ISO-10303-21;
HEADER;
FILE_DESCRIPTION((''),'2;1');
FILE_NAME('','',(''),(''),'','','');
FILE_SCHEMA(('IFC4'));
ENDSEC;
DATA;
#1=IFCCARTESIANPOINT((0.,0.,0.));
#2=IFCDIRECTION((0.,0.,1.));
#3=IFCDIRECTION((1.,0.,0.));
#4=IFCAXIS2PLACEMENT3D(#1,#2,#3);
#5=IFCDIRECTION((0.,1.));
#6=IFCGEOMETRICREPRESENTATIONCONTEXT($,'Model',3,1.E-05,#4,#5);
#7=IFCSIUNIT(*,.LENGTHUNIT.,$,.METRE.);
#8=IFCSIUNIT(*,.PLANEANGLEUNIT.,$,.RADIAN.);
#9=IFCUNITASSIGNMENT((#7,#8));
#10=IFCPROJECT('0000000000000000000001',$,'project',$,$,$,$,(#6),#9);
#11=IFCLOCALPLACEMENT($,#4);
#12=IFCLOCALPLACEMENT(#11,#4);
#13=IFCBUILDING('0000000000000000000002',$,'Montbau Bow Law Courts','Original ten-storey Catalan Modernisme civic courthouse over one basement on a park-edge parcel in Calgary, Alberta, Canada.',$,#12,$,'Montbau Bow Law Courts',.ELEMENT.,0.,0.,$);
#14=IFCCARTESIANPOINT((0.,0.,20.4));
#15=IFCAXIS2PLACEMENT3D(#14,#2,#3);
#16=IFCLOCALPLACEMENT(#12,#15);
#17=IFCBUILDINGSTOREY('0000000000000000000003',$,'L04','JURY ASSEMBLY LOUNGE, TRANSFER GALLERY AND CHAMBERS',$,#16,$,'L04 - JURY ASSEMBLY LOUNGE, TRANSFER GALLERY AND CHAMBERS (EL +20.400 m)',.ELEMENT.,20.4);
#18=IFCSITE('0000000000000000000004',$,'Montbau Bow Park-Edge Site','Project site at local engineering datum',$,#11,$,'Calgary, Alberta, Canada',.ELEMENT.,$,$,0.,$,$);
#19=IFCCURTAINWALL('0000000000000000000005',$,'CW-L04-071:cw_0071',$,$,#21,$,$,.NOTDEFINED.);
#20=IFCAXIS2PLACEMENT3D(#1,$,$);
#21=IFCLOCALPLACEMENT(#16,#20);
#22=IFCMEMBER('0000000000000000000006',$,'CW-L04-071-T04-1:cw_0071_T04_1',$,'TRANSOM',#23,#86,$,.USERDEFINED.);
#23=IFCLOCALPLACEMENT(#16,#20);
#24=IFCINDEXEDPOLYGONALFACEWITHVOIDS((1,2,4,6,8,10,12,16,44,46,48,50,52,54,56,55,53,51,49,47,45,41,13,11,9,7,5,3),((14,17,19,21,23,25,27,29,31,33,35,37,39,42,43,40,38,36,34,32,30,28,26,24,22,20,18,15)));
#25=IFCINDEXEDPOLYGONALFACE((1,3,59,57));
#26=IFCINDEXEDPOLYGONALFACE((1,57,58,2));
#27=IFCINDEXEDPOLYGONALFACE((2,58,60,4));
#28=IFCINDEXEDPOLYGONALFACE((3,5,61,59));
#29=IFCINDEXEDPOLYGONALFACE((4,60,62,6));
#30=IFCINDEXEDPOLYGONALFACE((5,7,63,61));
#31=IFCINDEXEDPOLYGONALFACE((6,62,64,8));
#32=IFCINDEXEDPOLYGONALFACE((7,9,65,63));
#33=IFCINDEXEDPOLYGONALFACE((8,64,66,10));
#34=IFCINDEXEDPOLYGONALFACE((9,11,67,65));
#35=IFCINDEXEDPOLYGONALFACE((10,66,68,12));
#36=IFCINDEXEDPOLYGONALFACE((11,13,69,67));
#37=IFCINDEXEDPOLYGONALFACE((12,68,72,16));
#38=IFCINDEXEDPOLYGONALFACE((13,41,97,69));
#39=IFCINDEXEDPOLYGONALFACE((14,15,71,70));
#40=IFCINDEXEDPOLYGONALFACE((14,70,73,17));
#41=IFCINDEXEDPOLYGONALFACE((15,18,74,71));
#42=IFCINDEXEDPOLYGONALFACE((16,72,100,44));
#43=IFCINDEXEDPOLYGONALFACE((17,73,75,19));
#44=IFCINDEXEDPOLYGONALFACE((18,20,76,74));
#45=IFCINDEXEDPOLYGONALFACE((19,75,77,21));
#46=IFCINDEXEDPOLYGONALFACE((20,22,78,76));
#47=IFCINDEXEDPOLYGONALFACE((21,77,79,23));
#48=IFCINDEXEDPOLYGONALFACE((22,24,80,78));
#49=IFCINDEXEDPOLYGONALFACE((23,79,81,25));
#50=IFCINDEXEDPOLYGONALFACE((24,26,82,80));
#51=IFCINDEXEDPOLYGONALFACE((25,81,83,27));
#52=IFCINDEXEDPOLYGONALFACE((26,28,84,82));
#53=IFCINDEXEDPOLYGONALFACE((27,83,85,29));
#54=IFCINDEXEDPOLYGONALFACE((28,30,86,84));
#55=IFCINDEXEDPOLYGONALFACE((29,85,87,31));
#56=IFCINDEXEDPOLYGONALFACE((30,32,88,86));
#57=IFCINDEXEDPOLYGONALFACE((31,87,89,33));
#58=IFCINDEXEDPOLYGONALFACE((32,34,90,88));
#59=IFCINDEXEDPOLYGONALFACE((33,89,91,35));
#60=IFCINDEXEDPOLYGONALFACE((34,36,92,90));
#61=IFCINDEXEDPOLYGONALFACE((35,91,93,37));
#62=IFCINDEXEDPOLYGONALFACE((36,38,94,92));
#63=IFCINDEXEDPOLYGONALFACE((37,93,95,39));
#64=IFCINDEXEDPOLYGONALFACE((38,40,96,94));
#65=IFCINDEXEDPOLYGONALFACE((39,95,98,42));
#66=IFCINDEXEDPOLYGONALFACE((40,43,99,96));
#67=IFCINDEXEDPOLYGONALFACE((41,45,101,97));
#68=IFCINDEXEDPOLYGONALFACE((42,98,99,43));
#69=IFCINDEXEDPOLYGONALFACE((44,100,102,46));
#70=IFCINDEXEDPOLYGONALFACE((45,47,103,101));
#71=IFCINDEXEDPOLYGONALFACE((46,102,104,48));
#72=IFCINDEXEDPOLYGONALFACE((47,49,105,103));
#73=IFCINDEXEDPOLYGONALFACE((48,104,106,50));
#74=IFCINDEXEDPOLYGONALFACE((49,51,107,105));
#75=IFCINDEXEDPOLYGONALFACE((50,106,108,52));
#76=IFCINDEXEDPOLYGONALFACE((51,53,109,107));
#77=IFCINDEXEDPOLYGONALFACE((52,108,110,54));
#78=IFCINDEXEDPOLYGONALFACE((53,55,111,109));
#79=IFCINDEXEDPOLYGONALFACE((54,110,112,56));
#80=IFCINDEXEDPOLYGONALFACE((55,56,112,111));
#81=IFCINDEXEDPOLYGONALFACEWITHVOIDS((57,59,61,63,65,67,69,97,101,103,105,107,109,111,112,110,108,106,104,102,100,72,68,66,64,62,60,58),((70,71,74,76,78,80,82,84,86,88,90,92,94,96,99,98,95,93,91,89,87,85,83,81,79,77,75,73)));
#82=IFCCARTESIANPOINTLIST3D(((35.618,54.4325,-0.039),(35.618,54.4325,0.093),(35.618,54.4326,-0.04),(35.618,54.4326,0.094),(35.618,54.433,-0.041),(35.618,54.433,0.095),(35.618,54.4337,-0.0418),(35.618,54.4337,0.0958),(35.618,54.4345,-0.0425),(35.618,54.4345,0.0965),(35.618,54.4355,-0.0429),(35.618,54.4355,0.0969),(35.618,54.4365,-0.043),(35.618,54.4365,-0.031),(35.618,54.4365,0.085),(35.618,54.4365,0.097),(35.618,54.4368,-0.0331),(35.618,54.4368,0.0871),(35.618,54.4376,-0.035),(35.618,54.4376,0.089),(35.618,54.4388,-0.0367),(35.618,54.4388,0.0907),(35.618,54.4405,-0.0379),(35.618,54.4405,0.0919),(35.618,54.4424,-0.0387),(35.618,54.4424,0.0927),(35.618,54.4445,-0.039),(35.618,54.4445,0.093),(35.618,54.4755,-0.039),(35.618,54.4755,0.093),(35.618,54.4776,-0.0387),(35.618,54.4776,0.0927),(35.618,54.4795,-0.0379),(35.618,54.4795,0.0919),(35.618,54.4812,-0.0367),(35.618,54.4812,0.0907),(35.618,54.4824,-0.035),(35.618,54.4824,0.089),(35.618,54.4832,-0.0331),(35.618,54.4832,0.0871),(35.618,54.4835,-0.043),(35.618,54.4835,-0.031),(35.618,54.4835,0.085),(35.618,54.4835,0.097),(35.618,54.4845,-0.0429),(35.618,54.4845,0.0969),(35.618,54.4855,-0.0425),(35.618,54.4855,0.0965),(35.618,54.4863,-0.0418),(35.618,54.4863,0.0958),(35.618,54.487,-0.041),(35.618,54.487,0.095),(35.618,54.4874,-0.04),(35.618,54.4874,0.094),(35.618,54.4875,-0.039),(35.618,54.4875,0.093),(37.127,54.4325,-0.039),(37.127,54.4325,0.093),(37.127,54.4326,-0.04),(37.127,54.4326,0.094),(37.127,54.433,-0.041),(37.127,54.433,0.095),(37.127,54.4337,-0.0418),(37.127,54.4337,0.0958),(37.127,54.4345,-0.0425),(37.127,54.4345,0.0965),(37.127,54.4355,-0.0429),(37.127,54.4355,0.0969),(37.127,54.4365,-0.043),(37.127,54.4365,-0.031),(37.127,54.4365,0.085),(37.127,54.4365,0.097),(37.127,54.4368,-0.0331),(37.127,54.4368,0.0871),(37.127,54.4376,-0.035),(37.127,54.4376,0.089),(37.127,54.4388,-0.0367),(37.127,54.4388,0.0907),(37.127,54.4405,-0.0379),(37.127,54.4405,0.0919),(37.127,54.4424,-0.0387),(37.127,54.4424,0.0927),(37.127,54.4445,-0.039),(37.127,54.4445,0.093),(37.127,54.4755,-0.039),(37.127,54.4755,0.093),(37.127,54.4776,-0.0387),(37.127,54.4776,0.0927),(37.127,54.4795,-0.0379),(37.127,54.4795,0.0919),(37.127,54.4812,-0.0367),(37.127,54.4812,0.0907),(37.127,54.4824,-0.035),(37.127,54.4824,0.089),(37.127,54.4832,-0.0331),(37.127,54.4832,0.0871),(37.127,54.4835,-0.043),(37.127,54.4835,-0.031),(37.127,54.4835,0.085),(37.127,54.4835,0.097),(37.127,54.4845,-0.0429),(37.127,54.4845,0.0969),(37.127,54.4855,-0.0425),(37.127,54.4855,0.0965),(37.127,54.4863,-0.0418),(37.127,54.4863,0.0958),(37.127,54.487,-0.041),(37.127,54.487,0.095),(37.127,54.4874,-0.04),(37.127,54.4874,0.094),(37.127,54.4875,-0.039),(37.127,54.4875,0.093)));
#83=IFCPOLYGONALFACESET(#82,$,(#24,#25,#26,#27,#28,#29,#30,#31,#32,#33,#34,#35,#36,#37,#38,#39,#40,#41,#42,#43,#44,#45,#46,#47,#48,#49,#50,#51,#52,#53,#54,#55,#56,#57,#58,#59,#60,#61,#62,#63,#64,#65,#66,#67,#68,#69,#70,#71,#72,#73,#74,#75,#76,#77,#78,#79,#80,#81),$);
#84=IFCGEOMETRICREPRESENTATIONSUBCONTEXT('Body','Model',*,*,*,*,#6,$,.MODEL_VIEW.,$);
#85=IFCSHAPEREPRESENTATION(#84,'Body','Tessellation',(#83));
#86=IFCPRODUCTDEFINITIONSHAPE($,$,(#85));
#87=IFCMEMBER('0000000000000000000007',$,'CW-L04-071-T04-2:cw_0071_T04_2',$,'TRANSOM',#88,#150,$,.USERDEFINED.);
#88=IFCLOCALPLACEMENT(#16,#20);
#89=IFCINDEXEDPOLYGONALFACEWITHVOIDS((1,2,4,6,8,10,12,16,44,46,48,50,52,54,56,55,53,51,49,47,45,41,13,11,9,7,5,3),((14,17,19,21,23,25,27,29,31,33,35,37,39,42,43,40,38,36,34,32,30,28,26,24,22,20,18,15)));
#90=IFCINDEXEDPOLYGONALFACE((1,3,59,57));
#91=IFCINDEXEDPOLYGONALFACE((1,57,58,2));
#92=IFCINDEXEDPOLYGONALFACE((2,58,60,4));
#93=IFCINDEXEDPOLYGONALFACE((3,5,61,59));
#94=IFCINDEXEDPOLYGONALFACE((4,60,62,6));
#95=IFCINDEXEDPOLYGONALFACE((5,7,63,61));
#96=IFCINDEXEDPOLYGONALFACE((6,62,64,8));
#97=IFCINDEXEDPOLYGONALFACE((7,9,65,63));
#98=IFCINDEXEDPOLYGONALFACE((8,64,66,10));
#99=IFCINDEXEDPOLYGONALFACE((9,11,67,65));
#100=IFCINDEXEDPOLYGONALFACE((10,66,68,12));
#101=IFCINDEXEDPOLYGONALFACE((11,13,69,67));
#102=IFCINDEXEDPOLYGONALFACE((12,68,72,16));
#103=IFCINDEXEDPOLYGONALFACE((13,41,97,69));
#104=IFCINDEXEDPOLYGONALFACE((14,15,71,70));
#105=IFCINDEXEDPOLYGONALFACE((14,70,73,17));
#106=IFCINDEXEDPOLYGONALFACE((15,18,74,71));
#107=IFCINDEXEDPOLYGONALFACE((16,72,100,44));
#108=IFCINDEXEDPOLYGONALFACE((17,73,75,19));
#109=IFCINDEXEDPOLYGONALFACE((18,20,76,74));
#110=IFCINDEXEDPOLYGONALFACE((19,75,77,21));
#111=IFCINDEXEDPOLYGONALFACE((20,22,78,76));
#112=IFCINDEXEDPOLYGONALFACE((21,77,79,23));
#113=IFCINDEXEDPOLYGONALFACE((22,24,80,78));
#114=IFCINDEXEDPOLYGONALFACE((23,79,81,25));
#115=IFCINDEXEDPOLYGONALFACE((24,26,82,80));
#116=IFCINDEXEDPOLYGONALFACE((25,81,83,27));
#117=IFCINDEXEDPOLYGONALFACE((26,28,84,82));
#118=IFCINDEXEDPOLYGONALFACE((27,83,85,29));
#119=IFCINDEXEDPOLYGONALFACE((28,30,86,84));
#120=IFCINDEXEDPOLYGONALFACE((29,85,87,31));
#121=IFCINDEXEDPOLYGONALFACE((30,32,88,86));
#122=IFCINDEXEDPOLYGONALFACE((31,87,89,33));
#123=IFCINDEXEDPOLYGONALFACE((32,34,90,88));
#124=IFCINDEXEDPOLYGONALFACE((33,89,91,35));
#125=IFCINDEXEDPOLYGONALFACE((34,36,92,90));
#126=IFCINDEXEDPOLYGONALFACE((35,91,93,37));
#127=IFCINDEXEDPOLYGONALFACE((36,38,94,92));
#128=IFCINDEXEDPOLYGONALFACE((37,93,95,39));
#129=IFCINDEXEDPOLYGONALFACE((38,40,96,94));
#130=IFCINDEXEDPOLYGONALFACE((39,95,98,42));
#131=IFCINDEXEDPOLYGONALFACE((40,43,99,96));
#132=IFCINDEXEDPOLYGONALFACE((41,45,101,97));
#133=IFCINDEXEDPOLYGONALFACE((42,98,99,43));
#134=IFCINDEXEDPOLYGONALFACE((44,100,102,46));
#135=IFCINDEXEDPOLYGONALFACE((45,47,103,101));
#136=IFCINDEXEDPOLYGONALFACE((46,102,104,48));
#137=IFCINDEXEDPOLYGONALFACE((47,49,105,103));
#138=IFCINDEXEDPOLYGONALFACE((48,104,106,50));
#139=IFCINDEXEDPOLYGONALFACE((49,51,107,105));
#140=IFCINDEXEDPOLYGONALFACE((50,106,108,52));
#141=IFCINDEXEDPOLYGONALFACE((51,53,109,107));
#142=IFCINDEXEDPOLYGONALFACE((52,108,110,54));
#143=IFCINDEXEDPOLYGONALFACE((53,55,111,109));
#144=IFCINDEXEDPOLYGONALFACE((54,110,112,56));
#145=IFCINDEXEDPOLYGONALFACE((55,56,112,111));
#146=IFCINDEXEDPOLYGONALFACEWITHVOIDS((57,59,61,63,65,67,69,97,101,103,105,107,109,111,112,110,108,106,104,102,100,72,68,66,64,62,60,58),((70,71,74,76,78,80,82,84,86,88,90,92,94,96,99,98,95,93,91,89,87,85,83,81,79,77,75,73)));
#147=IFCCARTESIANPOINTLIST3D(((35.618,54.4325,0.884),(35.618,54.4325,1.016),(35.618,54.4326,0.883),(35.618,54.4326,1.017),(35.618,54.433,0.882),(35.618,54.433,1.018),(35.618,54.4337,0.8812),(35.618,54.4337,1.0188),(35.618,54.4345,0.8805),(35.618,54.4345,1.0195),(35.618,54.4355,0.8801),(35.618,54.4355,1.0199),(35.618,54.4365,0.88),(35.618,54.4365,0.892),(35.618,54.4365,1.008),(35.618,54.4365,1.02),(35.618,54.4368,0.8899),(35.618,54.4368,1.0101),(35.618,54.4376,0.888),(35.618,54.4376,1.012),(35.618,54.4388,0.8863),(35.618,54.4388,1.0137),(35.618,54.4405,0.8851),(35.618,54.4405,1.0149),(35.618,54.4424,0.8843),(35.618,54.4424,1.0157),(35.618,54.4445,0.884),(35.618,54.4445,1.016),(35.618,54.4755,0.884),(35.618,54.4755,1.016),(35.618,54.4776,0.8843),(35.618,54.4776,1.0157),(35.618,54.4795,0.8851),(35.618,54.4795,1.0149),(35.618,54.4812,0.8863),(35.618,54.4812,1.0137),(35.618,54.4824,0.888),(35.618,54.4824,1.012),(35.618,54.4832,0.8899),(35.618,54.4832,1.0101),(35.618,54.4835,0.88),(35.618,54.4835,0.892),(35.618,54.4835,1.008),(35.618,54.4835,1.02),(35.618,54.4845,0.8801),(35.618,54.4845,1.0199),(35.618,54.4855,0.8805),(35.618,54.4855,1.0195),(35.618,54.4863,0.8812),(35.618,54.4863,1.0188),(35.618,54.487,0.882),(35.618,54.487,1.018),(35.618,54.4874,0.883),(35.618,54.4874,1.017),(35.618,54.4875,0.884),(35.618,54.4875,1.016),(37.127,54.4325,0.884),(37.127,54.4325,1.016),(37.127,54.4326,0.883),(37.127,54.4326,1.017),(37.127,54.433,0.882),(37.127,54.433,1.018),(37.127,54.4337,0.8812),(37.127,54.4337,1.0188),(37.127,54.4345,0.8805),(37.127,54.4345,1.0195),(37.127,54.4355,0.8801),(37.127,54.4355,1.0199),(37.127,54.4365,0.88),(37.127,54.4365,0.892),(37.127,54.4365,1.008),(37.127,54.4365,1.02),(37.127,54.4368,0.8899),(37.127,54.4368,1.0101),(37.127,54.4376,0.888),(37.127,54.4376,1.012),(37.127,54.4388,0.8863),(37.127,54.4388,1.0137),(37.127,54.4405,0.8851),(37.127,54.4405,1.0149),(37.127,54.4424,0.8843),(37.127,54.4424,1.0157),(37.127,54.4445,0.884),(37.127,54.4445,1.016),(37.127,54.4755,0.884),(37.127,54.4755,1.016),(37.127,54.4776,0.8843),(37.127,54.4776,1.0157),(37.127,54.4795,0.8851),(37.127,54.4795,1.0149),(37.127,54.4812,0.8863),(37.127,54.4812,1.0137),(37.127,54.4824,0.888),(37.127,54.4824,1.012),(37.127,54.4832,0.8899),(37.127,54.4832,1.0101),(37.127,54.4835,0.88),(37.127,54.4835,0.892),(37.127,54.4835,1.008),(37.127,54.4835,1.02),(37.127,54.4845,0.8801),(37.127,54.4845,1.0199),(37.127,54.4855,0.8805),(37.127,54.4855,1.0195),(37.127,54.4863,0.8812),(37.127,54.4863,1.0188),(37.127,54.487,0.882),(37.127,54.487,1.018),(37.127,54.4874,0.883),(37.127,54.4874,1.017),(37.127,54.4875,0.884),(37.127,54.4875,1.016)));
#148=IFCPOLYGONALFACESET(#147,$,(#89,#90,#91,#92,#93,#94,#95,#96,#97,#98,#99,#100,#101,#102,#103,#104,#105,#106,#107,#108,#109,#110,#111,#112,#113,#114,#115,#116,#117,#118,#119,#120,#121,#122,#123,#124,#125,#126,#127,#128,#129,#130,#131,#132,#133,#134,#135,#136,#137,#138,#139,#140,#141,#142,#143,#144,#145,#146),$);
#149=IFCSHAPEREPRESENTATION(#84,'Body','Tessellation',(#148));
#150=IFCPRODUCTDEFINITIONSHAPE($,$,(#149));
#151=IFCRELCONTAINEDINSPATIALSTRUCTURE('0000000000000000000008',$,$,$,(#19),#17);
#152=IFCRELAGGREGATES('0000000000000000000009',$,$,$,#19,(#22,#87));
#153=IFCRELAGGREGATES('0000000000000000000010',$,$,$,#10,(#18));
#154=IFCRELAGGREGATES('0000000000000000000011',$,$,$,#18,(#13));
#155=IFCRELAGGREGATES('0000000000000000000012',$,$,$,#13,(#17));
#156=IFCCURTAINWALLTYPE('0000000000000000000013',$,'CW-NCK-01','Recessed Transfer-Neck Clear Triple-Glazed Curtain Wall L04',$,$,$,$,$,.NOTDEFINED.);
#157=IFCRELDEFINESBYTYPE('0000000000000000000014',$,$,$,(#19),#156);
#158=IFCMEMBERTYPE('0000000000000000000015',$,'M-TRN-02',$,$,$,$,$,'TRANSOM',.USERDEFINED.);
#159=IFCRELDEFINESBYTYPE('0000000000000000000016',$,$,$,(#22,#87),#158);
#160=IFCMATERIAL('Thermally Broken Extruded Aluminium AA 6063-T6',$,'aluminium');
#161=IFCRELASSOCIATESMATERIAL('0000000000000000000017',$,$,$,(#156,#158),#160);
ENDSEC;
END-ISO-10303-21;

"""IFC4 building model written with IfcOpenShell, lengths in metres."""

from ifc_helpers import new_model, si_unit, direction, frame, origin_with_axes, origin_2d_with_axis, place, context, subcontext, project, spatial, hollow_rectangle, extrude, material, material_profile, profile_set, type_object, element, aggregate, save


model = new_model("IFC4")

# Units and contexts
model_context = context("Model", 3, precision=1e-05, world=origin_with_axes(), true_north=direction((0.0, 1.0)))
body_context = subcontext(model_context, "Body", "Model", "MODEL_VIEW")
ifc_project = project(units=[si_unit("LENGTHUNIT", "METRE"), si_unit("PLANEANGLEUNIT", "RADIAN")], contexts=[model_context])

# Site, building, storey
site_placement = place(None, origin_with_axes())
site = spatial("IfcSite", under=ifc_project, at=site_placement, Name="Montbau Bow Park-Edge Site", Description="Project site at local engineering datum", LongName="Calgary, Alberta, Canada", CompositionType="ELEMENT", RefElevation=0.0)
building_placement = place(site_placement, origin_with_axes())
building = spatial("IfcBuilding", under=site, at=building_placement, Name="Montbau Bow Law Courts", Description="Original ten-storey Catalan Modernisme civic courthouse over one basement on a park-edge parcel in Calgary, Alberta, Canada.", LongName="Montbau Bow Law Courts", CompositionType="ELEMENT", ElevationOfRefHeight=0.0, ElevationOfTerrain=0.0)
storey_placement = place(building_placement, frame((0.0, 0.0, 20.4), z_axis=(0.0, 0.0, 1.0), x_axis=(1.0, 0.0, 0.0)))
storey = spatial("IfcBuildingStorey", under=building, at=storey_placement, Name="L04", Description="JURY ASSEMBLY LOUNGE, TRANSFER GALLERY AND CHAMBERS", LongName="L04 - JURY ASSEMBLY LOUNGE, TRANSFER GALLERY AND CHAMBERS (EL +20.400 m)", CompositionType="ELEMENT", Elevation=20.4)

# Curtain wall, members
ifc_material_1 = material(Name="Thermally Broken Extruded Aluminium AA 6063-T6", Category="aluminium")
curtain_wall_type = type_object("IfcCurtainWallType", Name="CW-NCK-01", Description="Recessed Transfer-Neck Clear Triple-Glazed Curtain Wall L04", PredefinedType="NOTDEFINED", material=ifc_material_1)
curtain_wall_placement = place(None, frame((30.867, 54.46, 20.4), z_axis=(0.0, 0.0, 1.0), x_axis=(1.0, 0.0, 0.0)))
curtain_wall = element("IfcCurtainWall", 1, at=curtain_wall_placement, inside=storey, type_object=curtain_wall_type, Name="CW-L04-071:cw_0071", PredefinedType="NOTDEFINED")
ifc_material_profile_1 = material_profile(ifc_material_1, hollow_rectangle(XDim=0.055, YDim=0.14, WallThickness=0.004, InnerFilletRadius=0.008, OuterFilletRadius=0.004, at=origin_2d_with_axis()), Name="CWT-140X55", Category="Main", Priority=0)
ifc_profile_set_1 = profile_set([ifc_material_profile_1], Name="Thermally Broken Extruded Aluminium AA 6063-T6")
member_type_1 = type_object("IfcMemberType", Name="M-TRN-02", ElementType="TRANSOM", PredefinedType="USERDEFINED", material=ifc_profile_set_1)
member_1_placement = place(None, frame((35.618, 54.46, 20.427), z_axis=(1.0, 0.0, 0.0), x_axis=(0.0, 1.0, 0.0)))
member_1 = element("IfcMember", 2, at=member_1_placement, type_object=member_type_1, Name="CW-L04-071-T04-1:cw_0071_T04_1", ObjectType="TRANSOM", PredefinedType="USERDEFINED", context=body_context, shape_type="SweptSolid", body=[
    extrude(hollow_rectangle(XDim=0.055, YDim=0.14, WallThickness=0.004, InnerFilletRadius=0.008, OuterFilletRadius=0.004, at=origin_2d_with_axis()), origin_with_axes(), (0.0, 0.0, 1.0), 1.509),
])
member_2_placement = place(None, frame((35.618, 54.46, 21.35), z_axis=(1.0, 0.0, 0.0), x_axis=(0.0, 1.0, 0.0)))
member_2 = element("IfcMember", 3, at=member_2_placement, type_object=member_type_1, Name="CW-L04-071-T04-2:cw_0071_T04_2", ObjectType="TRANSOM", PredefinedType="USERDEFINED", context=body_context, shape_type="SweptSolid", body=[
    extrude(hollow_rectangle(XDim=0.055, YDim=0.14, WallThickness=0.004, InnerFilletRadius=0.008, OuterFilletRadius=0.004, at=origin_2d_with_axis()), origin_with_axes(), (0.0, 0.0, 1.0), 1.509),
])
aggregate(curtain_wall, [member_1, member_2])

save(model, "model.ifc")
